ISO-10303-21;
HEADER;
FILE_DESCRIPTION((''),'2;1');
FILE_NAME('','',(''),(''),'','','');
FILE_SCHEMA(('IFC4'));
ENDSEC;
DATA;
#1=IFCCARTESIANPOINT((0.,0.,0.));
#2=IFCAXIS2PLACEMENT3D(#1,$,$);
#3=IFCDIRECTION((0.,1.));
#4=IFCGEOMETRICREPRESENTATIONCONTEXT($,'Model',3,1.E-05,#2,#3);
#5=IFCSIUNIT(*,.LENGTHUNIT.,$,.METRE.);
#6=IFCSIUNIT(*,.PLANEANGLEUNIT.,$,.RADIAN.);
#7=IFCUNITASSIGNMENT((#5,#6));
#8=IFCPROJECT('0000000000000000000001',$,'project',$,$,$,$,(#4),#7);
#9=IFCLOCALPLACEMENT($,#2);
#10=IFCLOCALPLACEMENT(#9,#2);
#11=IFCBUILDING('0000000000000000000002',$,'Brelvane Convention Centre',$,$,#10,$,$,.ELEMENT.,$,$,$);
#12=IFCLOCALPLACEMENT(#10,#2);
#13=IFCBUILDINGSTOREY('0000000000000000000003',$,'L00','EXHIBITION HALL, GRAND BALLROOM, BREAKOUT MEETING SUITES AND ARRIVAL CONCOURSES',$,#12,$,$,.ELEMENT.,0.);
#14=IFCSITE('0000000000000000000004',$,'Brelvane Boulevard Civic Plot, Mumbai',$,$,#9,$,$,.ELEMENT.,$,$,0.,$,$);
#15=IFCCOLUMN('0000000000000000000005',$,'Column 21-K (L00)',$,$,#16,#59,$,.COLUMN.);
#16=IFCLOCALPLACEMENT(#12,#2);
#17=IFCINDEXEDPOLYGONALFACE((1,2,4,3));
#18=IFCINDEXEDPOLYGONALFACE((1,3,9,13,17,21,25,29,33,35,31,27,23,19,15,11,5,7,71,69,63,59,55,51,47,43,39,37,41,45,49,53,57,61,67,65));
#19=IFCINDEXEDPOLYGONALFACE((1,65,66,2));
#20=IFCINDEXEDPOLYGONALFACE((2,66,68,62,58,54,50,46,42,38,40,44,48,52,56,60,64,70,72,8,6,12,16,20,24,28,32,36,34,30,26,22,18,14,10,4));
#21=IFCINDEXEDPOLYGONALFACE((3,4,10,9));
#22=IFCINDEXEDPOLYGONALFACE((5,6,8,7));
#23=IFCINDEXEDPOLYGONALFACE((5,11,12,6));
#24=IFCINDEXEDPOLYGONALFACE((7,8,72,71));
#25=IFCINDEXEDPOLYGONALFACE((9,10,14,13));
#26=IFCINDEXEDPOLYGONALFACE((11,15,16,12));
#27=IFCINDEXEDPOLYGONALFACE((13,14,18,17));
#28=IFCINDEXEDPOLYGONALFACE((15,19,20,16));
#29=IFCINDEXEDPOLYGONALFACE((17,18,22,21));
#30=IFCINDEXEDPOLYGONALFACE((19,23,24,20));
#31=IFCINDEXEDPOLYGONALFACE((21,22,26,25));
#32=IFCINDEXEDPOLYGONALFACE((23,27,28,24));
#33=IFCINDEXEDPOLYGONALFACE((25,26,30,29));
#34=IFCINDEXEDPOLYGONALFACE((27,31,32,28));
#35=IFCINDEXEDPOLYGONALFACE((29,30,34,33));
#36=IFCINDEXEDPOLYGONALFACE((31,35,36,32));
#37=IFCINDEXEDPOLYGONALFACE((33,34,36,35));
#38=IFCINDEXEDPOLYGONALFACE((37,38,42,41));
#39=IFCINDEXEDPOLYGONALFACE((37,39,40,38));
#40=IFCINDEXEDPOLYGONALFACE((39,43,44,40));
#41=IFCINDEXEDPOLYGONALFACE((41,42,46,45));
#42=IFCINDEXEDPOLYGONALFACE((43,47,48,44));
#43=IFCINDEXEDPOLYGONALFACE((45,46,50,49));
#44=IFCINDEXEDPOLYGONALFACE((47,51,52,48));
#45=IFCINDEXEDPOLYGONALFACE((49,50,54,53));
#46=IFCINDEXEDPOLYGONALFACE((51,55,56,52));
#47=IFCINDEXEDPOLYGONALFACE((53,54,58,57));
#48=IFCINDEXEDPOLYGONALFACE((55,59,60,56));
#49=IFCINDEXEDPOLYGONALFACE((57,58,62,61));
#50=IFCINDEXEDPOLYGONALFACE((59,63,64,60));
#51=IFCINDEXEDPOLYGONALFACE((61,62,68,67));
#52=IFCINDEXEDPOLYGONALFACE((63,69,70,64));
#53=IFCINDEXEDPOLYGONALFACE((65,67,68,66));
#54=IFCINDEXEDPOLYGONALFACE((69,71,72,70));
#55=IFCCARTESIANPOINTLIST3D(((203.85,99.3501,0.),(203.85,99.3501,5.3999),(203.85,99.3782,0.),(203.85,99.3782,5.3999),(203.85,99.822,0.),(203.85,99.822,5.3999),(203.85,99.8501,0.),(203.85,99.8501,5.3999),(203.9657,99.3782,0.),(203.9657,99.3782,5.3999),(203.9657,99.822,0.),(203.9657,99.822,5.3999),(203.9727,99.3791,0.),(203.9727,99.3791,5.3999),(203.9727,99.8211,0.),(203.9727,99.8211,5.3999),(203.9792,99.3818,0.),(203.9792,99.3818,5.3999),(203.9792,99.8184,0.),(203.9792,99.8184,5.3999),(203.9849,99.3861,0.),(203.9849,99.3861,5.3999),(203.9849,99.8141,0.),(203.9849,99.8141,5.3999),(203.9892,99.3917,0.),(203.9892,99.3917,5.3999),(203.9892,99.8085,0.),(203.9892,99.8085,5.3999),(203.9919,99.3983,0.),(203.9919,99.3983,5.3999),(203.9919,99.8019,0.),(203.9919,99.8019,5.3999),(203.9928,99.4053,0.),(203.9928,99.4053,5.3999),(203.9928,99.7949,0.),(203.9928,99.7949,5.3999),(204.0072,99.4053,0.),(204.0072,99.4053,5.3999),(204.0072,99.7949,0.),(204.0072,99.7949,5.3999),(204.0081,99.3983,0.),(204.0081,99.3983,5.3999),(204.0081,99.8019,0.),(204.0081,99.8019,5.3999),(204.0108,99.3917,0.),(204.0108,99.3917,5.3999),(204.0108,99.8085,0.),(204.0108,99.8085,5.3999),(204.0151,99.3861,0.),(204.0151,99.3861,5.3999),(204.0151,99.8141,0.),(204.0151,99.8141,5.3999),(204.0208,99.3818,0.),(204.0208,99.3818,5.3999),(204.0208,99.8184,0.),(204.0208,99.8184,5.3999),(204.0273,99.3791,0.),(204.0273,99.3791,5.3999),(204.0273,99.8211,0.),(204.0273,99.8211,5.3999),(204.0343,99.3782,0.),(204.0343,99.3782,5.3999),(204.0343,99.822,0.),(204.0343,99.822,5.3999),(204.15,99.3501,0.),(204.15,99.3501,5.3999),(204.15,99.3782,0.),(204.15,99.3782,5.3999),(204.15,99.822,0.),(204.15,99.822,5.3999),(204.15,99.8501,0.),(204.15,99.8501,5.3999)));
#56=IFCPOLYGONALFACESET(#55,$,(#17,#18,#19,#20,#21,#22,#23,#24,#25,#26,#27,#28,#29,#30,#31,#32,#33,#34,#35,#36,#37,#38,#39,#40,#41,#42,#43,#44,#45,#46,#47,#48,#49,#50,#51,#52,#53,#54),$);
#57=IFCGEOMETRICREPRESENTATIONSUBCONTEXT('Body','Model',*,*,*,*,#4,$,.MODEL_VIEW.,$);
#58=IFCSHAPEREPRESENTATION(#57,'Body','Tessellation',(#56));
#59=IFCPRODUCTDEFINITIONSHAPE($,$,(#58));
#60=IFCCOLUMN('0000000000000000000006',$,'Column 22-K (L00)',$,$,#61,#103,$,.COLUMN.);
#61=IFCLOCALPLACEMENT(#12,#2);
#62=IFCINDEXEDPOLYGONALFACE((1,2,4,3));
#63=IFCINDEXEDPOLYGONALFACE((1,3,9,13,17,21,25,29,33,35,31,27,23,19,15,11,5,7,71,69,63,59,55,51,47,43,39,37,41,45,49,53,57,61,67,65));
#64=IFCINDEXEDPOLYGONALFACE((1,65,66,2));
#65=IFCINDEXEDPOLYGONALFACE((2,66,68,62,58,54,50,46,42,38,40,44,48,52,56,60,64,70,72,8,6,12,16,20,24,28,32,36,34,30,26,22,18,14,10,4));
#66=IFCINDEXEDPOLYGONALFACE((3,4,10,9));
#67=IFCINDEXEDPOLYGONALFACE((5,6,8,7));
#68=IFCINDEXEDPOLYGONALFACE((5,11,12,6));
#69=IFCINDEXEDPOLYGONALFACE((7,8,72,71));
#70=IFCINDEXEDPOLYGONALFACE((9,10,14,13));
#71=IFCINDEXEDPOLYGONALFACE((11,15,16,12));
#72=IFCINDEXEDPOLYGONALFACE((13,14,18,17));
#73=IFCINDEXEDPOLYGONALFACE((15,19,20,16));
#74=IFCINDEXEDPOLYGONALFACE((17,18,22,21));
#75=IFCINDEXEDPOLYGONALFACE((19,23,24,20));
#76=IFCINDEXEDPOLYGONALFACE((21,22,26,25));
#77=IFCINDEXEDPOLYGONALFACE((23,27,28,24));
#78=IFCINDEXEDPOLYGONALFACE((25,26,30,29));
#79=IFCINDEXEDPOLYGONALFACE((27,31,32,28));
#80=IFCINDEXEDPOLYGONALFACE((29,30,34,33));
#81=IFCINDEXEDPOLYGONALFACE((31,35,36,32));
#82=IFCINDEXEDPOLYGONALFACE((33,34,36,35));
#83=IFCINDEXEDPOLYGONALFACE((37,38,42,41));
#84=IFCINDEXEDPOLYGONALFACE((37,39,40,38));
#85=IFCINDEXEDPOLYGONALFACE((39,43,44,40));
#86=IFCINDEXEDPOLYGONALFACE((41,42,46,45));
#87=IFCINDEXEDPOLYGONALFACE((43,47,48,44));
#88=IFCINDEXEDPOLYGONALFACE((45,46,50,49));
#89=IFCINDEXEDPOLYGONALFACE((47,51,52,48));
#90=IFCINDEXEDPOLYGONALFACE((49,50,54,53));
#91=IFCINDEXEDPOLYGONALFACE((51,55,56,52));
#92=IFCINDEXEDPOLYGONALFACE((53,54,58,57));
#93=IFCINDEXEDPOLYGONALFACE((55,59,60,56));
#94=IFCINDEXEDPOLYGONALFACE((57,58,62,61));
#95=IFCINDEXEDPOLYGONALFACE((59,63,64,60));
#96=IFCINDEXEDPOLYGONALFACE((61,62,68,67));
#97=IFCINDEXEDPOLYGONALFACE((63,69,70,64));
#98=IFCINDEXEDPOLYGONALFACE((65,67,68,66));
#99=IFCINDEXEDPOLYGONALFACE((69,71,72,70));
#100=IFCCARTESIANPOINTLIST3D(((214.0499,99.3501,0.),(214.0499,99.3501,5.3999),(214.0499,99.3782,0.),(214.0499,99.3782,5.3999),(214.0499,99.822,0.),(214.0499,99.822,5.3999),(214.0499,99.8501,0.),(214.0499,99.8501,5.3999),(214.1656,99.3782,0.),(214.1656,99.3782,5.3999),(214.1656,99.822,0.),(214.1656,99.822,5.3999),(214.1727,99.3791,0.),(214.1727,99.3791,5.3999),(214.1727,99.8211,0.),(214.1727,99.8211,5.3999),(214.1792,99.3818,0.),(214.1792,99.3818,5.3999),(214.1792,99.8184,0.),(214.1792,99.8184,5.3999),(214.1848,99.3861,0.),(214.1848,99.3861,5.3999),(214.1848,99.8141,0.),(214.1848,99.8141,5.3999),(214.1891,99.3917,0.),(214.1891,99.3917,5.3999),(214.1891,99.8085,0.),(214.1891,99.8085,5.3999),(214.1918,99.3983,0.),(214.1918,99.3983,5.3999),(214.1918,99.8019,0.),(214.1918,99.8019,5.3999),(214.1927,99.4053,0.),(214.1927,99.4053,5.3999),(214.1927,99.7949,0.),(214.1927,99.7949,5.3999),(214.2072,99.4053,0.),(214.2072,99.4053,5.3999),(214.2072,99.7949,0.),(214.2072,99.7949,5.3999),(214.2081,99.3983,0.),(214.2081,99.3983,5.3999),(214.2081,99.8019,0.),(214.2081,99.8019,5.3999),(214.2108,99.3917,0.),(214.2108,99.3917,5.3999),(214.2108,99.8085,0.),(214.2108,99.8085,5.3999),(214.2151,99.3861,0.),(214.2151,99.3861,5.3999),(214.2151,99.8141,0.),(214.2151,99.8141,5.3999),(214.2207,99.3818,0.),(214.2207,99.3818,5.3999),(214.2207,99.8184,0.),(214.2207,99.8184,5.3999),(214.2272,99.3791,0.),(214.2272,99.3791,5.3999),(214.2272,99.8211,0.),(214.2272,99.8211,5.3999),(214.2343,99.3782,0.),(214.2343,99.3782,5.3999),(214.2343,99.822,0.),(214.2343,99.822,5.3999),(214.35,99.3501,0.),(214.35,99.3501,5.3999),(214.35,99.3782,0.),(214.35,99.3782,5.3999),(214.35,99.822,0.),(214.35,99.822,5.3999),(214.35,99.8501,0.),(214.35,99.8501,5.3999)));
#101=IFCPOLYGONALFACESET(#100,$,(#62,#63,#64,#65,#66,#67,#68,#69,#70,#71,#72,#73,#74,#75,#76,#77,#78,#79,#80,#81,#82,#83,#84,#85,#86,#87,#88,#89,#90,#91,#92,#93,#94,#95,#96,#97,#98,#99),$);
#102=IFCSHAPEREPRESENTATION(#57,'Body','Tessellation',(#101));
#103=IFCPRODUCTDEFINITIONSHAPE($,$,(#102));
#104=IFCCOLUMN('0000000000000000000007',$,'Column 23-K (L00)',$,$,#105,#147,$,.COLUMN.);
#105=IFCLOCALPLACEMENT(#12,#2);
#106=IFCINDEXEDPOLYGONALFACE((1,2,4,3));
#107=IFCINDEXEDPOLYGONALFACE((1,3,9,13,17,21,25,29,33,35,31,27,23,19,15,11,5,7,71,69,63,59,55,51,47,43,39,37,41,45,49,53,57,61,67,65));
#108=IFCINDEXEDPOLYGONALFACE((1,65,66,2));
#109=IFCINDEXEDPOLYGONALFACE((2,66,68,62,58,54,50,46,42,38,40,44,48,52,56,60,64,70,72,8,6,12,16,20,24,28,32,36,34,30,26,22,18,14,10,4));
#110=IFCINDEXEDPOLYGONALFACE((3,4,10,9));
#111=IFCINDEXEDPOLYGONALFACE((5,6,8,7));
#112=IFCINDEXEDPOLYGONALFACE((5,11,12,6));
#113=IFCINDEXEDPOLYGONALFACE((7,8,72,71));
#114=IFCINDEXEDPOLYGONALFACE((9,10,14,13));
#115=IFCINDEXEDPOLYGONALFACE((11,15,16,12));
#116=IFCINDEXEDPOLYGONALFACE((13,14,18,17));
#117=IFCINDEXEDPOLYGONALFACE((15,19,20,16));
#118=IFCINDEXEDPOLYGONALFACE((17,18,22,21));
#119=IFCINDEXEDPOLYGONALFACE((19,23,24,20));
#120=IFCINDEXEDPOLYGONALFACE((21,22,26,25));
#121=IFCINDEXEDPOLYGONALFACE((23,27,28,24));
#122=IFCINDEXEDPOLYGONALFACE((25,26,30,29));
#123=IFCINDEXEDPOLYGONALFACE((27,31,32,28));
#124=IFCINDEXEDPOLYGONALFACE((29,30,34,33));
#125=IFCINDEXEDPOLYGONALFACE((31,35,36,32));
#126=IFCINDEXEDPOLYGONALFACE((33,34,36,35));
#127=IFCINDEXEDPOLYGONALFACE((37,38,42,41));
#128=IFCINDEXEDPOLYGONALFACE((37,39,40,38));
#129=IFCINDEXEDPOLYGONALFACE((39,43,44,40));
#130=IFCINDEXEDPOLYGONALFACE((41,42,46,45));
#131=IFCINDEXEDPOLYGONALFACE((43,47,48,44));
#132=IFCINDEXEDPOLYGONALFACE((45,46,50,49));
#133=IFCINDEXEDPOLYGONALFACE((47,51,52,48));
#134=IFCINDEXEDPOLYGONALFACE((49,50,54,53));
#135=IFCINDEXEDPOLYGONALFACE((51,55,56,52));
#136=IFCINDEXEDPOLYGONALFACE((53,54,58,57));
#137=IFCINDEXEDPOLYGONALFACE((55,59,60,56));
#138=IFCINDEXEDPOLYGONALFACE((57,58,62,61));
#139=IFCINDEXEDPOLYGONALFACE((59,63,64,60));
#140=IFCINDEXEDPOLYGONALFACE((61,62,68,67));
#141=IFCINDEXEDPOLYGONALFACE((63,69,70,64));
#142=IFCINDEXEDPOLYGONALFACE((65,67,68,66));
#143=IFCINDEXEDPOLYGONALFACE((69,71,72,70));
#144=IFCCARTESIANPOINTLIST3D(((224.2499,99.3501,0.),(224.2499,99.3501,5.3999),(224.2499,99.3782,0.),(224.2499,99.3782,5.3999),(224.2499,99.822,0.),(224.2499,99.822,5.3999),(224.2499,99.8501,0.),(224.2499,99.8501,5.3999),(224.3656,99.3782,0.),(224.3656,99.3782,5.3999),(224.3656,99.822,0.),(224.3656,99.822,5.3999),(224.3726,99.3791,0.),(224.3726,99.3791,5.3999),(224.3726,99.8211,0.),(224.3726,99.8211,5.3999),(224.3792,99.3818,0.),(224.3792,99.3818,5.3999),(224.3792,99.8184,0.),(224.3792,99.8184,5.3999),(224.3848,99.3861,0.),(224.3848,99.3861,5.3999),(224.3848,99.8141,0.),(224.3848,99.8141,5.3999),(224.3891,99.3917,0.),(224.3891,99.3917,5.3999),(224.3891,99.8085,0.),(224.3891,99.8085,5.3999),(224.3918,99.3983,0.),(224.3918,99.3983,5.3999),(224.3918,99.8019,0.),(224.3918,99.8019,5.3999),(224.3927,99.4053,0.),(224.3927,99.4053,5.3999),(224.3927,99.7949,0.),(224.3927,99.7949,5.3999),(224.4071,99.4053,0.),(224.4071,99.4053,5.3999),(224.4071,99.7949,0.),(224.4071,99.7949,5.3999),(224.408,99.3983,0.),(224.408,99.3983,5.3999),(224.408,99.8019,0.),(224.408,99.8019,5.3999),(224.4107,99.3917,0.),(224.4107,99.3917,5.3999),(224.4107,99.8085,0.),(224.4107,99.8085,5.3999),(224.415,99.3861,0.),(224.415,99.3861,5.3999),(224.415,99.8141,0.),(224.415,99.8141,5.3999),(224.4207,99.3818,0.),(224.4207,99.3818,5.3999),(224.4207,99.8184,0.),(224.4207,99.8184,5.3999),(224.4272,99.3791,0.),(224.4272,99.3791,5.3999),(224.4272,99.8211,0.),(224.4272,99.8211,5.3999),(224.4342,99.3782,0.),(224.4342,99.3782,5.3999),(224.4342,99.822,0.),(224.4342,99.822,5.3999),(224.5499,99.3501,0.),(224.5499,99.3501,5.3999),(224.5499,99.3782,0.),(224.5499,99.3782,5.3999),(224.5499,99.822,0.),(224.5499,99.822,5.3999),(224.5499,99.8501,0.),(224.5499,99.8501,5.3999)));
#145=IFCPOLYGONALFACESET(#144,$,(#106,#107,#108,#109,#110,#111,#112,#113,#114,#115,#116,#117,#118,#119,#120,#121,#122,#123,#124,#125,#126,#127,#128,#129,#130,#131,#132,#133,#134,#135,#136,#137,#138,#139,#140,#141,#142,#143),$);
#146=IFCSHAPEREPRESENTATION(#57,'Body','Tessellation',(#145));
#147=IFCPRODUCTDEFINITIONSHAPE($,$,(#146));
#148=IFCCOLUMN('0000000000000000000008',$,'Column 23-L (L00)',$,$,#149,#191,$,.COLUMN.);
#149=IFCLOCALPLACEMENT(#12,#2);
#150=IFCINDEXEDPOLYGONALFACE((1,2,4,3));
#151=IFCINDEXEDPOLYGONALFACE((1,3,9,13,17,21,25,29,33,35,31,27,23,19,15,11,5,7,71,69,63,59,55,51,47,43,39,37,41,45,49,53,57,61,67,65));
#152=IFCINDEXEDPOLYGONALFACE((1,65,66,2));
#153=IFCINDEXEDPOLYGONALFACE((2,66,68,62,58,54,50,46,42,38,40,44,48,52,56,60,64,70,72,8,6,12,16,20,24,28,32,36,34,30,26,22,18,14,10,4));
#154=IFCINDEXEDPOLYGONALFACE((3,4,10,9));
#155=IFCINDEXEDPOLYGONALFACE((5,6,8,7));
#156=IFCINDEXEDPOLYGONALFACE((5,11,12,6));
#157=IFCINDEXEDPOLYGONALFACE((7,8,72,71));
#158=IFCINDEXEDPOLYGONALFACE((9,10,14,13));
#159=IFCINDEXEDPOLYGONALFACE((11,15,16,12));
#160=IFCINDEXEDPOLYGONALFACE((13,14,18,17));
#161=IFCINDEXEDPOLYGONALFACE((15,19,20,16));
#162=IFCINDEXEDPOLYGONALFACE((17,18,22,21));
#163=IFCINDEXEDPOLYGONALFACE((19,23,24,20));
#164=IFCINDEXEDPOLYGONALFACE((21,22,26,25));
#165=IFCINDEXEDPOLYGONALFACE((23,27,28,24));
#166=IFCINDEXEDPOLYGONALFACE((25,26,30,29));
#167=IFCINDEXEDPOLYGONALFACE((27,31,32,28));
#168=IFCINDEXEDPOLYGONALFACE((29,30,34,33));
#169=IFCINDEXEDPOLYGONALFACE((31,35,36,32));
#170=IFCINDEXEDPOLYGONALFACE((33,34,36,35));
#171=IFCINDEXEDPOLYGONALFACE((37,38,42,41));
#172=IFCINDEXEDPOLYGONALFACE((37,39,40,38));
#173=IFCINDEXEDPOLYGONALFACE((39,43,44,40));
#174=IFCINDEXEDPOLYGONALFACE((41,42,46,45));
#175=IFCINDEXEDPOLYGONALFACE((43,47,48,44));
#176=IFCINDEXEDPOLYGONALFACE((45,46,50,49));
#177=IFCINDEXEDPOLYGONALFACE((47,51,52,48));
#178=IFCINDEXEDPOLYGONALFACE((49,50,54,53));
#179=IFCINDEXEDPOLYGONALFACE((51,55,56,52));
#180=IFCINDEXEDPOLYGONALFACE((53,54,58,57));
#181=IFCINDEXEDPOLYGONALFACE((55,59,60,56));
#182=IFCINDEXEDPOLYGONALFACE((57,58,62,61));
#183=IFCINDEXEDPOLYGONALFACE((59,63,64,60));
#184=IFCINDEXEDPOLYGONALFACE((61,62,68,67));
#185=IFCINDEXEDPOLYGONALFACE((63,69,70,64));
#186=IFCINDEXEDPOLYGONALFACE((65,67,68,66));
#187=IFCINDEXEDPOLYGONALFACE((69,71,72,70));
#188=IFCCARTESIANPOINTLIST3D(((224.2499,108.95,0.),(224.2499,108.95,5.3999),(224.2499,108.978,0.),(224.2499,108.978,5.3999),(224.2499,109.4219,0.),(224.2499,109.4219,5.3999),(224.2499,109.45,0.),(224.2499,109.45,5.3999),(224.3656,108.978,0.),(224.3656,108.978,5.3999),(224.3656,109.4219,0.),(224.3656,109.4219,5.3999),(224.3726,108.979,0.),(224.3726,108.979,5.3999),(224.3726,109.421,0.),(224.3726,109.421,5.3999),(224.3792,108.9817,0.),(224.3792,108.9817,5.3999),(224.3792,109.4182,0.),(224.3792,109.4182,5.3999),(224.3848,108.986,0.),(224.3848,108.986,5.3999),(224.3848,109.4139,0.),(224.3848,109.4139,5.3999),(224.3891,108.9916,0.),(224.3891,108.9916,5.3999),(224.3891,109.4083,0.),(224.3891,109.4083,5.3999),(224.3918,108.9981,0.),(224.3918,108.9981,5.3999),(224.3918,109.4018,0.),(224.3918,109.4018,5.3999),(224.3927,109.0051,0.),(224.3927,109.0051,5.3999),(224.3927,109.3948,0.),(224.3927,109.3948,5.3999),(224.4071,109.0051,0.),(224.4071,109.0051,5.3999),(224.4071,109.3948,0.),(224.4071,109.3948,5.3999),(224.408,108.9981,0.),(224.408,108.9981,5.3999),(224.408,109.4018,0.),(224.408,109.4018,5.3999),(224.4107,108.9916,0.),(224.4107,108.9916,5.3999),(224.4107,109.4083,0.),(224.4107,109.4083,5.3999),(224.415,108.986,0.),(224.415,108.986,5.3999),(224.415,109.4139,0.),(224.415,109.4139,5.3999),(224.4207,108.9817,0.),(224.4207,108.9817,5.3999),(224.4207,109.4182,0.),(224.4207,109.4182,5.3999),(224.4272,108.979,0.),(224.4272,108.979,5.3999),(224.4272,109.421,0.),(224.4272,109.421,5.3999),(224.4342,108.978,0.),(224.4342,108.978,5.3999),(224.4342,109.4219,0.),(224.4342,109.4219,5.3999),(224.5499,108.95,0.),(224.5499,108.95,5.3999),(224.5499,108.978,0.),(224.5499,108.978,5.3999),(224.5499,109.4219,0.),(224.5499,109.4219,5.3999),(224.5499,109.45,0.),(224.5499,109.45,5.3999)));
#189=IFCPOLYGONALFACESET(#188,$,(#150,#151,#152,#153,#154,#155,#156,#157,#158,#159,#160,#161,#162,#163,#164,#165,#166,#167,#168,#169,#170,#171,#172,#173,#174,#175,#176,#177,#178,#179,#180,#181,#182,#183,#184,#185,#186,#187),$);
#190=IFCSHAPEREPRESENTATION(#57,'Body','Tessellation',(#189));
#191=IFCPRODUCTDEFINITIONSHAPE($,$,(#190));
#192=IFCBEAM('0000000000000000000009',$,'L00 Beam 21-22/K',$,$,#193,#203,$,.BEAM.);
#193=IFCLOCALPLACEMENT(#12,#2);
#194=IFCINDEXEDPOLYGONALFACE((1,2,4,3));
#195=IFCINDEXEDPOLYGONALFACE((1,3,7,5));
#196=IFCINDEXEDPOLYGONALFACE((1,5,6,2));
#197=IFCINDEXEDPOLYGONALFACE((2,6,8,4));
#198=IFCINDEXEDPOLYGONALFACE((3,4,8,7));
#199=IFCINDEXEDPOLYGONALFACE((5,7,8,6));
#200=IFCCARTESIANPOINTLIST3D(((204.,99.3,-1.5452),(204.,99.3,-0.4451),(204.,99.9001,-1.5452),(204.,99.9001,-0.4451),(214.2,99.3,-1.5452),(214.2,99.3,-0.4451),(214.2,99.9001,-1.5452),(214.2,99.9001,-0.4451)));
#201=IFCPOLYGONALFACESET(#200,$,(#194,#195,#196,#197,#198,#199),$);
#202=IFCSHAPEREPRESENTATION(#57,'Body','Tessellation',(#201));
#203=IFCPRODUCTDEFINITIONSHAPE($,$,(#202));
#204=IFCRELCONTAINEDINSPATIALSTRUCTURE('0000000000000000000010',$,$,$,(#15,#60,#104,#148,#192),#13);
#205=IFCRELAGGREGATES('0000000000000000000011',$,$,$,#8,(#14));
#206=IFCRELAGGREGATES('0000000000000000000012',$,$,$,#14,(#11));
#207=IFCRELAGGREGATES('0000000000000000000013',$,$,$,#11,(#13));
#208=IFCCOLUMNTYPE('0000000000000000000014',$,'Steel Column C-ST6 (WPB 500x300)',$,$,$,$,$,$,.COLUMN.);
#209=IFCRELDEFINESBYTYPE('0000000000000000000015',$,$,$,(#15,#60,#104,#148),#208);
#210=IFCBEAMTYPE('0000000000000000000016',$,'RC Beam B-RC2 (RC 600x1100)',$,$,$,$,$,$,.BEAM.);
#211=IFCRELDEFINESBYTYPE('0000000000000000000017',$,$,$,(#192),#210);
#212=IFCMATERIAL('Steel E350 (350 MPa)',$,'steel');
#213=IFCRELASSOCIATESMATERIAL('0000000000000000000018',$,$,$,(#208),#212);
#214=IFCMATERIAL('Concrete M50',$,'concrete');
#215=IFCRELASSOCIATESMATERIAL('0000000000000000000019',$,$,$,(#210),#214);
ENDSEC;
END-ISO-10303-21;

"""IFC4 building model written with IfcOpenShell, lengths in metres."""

from ifc_helpers import new_model, si_unit, direction, frame, origin, origin_2d, place, context, subcontext, project, spatial, rectangle, i_section, extrude, material, material_profile, profile_set, type_object, element, save


model = new_model("IFC4")

# Units and contexts
model_context = context("Model", 3, precision=1e-05, world=origin(), true_north=direction((0.0, 1.0)))
body_context = subcontext(model_context, "Body", "Model", "MODEL_VIEW")
ifc_project = project(units=[si_unit("LENGTHUNIT", "METRE"), si_unit("PLANEANGLEUNIT", "RADIAN")], contexts=[model_context])

# Site, building, storey
site_placement = place(None, origin())
site = spatial("IfcSite", under=ifc_project, at=site_placement, Name="Brelvane Boulevard Civic Plot, Mumbai", CompositionType="ELEMENT", RefElevation=0.0)
building_placement = place(site_placement, origin())
building = spatial("IfcBuilding", under=site, at=building_placement, Name="Brelvane Convention Centre", CompositionType="ELEMENT")
storey_placement = place(building_placement, origin())
storey = spatial("IfcBuildingStorey", under=building, at=storey_placement, Name="L00", Description="EXHIBITION HALL, GRAND BALLROOM, BREAKOUT MEETING SUITES AND ARRIVAL CONCOURSES", CompositionType="ELEMENT", Elevation=0.0)

# Columns
ifc_material_1 = material(Name="Steel E350 (350 MPa)", Category="steel")
ifc_material_profile_1 = material_profile(ifc_material_1, i_section(OverallWidth=0.3, OverallDepth=0.5, WebThickness=0.0144, FlangeThickness=0.0281, FilletRadius=0.0271, at=origin_2d()), Name="WPB 500x300")
ifc_profile_set_1 = profile_set([ifc_material_profile_1], Name="Steel E350 (350 MPa)")
column_type = type_object("IfcColumnType", Name="Steel Column C-ST6 (WPB 500x300)", PredefinedType="COLUMN", material=ifc_profile_set_1)
for number, where, z_axis, x_axis, name in (
    (1, (204.0, 99.6001, 0.0), (0.0, 0.0, 1.0), (1.0, 0.0, 0.0), "Column 21-K (L00)"),
    (2, (214.2, 99.6001, 0.0), (0.0, 0.0, 1.0), (1.0, 0.0, 0.0), "Column 22-K (L00)"),
    (3, (224.3999, 99.6001, 0.0), (0.0, 0.0, 1.0), (1.0, 0.0, 0.0), "Column 23-K (L00)"),
    (4, (224.3999, 109.2, 0.0), (0.0, 0.0, 1.0), (1.0, 0.0, 0.0), "Column 23-L (L00)"),
):
    element("IfcColumn", number, at=place(storey_placement, frame(where, z_axis=z_axis, x_axis=x_axis)), inside=storey, type_object=column_type, Name=name, PredefinedType="COLUMN", context=body_context, shape_type="SweptSolid", body=[
        extrude(i_section(OverallWidth=0.3, OverallDepth=0.5, WebThickness=0.0144, FlangeThickness=0.0281, FilletRadius=0.0271, at=origin_2d()), origin(), (0.0, 0.0, 1.0), 5.3999),
    ])

# Beam
ifc_material_2 = material(Name="Concrete M50", Category="concrete")
ifc_material_profile_2 = material_profile(ifc_material_2, rectangle(XDim=0.6001, YDim=1.1001, at=origin_2d()), Name="RC 600x1100")
ifc_profile_set_2 = profile_set([ifc_material_profile_2], Name="Concrete M50")
beam_type_1 = type_object("IfcBeamType", Name="RC Beam B-RC2 (RC 600x1100)", PredefinedType="BEAM", material=ifc_profile_set_2)
for number, where, z_axis, x_axis, name in (
    (5, (204.0, 99.6001, -0.9951), (1.0, 0.0, 0.0), (0.0, 1.0, 0.0), "L00 Beam 21-22/K"),
):
    element("IfcBeam", number, at=place(storey_placement, frame(where, z_axis=z_axis, x_axis=x_axis)), inside=storey, type_object=beam_type_1, Name=name, PredefinedType="BEAM", context=body_context, shape_type="SweptSolid", body=[
        extrude(rectangle(XDim=0.6001, YDim=1.1001, at=origin_2d()), origin(), (0.0, 0.0, 1.0), 10.2),
    ])

save(model, "model.ifc")
